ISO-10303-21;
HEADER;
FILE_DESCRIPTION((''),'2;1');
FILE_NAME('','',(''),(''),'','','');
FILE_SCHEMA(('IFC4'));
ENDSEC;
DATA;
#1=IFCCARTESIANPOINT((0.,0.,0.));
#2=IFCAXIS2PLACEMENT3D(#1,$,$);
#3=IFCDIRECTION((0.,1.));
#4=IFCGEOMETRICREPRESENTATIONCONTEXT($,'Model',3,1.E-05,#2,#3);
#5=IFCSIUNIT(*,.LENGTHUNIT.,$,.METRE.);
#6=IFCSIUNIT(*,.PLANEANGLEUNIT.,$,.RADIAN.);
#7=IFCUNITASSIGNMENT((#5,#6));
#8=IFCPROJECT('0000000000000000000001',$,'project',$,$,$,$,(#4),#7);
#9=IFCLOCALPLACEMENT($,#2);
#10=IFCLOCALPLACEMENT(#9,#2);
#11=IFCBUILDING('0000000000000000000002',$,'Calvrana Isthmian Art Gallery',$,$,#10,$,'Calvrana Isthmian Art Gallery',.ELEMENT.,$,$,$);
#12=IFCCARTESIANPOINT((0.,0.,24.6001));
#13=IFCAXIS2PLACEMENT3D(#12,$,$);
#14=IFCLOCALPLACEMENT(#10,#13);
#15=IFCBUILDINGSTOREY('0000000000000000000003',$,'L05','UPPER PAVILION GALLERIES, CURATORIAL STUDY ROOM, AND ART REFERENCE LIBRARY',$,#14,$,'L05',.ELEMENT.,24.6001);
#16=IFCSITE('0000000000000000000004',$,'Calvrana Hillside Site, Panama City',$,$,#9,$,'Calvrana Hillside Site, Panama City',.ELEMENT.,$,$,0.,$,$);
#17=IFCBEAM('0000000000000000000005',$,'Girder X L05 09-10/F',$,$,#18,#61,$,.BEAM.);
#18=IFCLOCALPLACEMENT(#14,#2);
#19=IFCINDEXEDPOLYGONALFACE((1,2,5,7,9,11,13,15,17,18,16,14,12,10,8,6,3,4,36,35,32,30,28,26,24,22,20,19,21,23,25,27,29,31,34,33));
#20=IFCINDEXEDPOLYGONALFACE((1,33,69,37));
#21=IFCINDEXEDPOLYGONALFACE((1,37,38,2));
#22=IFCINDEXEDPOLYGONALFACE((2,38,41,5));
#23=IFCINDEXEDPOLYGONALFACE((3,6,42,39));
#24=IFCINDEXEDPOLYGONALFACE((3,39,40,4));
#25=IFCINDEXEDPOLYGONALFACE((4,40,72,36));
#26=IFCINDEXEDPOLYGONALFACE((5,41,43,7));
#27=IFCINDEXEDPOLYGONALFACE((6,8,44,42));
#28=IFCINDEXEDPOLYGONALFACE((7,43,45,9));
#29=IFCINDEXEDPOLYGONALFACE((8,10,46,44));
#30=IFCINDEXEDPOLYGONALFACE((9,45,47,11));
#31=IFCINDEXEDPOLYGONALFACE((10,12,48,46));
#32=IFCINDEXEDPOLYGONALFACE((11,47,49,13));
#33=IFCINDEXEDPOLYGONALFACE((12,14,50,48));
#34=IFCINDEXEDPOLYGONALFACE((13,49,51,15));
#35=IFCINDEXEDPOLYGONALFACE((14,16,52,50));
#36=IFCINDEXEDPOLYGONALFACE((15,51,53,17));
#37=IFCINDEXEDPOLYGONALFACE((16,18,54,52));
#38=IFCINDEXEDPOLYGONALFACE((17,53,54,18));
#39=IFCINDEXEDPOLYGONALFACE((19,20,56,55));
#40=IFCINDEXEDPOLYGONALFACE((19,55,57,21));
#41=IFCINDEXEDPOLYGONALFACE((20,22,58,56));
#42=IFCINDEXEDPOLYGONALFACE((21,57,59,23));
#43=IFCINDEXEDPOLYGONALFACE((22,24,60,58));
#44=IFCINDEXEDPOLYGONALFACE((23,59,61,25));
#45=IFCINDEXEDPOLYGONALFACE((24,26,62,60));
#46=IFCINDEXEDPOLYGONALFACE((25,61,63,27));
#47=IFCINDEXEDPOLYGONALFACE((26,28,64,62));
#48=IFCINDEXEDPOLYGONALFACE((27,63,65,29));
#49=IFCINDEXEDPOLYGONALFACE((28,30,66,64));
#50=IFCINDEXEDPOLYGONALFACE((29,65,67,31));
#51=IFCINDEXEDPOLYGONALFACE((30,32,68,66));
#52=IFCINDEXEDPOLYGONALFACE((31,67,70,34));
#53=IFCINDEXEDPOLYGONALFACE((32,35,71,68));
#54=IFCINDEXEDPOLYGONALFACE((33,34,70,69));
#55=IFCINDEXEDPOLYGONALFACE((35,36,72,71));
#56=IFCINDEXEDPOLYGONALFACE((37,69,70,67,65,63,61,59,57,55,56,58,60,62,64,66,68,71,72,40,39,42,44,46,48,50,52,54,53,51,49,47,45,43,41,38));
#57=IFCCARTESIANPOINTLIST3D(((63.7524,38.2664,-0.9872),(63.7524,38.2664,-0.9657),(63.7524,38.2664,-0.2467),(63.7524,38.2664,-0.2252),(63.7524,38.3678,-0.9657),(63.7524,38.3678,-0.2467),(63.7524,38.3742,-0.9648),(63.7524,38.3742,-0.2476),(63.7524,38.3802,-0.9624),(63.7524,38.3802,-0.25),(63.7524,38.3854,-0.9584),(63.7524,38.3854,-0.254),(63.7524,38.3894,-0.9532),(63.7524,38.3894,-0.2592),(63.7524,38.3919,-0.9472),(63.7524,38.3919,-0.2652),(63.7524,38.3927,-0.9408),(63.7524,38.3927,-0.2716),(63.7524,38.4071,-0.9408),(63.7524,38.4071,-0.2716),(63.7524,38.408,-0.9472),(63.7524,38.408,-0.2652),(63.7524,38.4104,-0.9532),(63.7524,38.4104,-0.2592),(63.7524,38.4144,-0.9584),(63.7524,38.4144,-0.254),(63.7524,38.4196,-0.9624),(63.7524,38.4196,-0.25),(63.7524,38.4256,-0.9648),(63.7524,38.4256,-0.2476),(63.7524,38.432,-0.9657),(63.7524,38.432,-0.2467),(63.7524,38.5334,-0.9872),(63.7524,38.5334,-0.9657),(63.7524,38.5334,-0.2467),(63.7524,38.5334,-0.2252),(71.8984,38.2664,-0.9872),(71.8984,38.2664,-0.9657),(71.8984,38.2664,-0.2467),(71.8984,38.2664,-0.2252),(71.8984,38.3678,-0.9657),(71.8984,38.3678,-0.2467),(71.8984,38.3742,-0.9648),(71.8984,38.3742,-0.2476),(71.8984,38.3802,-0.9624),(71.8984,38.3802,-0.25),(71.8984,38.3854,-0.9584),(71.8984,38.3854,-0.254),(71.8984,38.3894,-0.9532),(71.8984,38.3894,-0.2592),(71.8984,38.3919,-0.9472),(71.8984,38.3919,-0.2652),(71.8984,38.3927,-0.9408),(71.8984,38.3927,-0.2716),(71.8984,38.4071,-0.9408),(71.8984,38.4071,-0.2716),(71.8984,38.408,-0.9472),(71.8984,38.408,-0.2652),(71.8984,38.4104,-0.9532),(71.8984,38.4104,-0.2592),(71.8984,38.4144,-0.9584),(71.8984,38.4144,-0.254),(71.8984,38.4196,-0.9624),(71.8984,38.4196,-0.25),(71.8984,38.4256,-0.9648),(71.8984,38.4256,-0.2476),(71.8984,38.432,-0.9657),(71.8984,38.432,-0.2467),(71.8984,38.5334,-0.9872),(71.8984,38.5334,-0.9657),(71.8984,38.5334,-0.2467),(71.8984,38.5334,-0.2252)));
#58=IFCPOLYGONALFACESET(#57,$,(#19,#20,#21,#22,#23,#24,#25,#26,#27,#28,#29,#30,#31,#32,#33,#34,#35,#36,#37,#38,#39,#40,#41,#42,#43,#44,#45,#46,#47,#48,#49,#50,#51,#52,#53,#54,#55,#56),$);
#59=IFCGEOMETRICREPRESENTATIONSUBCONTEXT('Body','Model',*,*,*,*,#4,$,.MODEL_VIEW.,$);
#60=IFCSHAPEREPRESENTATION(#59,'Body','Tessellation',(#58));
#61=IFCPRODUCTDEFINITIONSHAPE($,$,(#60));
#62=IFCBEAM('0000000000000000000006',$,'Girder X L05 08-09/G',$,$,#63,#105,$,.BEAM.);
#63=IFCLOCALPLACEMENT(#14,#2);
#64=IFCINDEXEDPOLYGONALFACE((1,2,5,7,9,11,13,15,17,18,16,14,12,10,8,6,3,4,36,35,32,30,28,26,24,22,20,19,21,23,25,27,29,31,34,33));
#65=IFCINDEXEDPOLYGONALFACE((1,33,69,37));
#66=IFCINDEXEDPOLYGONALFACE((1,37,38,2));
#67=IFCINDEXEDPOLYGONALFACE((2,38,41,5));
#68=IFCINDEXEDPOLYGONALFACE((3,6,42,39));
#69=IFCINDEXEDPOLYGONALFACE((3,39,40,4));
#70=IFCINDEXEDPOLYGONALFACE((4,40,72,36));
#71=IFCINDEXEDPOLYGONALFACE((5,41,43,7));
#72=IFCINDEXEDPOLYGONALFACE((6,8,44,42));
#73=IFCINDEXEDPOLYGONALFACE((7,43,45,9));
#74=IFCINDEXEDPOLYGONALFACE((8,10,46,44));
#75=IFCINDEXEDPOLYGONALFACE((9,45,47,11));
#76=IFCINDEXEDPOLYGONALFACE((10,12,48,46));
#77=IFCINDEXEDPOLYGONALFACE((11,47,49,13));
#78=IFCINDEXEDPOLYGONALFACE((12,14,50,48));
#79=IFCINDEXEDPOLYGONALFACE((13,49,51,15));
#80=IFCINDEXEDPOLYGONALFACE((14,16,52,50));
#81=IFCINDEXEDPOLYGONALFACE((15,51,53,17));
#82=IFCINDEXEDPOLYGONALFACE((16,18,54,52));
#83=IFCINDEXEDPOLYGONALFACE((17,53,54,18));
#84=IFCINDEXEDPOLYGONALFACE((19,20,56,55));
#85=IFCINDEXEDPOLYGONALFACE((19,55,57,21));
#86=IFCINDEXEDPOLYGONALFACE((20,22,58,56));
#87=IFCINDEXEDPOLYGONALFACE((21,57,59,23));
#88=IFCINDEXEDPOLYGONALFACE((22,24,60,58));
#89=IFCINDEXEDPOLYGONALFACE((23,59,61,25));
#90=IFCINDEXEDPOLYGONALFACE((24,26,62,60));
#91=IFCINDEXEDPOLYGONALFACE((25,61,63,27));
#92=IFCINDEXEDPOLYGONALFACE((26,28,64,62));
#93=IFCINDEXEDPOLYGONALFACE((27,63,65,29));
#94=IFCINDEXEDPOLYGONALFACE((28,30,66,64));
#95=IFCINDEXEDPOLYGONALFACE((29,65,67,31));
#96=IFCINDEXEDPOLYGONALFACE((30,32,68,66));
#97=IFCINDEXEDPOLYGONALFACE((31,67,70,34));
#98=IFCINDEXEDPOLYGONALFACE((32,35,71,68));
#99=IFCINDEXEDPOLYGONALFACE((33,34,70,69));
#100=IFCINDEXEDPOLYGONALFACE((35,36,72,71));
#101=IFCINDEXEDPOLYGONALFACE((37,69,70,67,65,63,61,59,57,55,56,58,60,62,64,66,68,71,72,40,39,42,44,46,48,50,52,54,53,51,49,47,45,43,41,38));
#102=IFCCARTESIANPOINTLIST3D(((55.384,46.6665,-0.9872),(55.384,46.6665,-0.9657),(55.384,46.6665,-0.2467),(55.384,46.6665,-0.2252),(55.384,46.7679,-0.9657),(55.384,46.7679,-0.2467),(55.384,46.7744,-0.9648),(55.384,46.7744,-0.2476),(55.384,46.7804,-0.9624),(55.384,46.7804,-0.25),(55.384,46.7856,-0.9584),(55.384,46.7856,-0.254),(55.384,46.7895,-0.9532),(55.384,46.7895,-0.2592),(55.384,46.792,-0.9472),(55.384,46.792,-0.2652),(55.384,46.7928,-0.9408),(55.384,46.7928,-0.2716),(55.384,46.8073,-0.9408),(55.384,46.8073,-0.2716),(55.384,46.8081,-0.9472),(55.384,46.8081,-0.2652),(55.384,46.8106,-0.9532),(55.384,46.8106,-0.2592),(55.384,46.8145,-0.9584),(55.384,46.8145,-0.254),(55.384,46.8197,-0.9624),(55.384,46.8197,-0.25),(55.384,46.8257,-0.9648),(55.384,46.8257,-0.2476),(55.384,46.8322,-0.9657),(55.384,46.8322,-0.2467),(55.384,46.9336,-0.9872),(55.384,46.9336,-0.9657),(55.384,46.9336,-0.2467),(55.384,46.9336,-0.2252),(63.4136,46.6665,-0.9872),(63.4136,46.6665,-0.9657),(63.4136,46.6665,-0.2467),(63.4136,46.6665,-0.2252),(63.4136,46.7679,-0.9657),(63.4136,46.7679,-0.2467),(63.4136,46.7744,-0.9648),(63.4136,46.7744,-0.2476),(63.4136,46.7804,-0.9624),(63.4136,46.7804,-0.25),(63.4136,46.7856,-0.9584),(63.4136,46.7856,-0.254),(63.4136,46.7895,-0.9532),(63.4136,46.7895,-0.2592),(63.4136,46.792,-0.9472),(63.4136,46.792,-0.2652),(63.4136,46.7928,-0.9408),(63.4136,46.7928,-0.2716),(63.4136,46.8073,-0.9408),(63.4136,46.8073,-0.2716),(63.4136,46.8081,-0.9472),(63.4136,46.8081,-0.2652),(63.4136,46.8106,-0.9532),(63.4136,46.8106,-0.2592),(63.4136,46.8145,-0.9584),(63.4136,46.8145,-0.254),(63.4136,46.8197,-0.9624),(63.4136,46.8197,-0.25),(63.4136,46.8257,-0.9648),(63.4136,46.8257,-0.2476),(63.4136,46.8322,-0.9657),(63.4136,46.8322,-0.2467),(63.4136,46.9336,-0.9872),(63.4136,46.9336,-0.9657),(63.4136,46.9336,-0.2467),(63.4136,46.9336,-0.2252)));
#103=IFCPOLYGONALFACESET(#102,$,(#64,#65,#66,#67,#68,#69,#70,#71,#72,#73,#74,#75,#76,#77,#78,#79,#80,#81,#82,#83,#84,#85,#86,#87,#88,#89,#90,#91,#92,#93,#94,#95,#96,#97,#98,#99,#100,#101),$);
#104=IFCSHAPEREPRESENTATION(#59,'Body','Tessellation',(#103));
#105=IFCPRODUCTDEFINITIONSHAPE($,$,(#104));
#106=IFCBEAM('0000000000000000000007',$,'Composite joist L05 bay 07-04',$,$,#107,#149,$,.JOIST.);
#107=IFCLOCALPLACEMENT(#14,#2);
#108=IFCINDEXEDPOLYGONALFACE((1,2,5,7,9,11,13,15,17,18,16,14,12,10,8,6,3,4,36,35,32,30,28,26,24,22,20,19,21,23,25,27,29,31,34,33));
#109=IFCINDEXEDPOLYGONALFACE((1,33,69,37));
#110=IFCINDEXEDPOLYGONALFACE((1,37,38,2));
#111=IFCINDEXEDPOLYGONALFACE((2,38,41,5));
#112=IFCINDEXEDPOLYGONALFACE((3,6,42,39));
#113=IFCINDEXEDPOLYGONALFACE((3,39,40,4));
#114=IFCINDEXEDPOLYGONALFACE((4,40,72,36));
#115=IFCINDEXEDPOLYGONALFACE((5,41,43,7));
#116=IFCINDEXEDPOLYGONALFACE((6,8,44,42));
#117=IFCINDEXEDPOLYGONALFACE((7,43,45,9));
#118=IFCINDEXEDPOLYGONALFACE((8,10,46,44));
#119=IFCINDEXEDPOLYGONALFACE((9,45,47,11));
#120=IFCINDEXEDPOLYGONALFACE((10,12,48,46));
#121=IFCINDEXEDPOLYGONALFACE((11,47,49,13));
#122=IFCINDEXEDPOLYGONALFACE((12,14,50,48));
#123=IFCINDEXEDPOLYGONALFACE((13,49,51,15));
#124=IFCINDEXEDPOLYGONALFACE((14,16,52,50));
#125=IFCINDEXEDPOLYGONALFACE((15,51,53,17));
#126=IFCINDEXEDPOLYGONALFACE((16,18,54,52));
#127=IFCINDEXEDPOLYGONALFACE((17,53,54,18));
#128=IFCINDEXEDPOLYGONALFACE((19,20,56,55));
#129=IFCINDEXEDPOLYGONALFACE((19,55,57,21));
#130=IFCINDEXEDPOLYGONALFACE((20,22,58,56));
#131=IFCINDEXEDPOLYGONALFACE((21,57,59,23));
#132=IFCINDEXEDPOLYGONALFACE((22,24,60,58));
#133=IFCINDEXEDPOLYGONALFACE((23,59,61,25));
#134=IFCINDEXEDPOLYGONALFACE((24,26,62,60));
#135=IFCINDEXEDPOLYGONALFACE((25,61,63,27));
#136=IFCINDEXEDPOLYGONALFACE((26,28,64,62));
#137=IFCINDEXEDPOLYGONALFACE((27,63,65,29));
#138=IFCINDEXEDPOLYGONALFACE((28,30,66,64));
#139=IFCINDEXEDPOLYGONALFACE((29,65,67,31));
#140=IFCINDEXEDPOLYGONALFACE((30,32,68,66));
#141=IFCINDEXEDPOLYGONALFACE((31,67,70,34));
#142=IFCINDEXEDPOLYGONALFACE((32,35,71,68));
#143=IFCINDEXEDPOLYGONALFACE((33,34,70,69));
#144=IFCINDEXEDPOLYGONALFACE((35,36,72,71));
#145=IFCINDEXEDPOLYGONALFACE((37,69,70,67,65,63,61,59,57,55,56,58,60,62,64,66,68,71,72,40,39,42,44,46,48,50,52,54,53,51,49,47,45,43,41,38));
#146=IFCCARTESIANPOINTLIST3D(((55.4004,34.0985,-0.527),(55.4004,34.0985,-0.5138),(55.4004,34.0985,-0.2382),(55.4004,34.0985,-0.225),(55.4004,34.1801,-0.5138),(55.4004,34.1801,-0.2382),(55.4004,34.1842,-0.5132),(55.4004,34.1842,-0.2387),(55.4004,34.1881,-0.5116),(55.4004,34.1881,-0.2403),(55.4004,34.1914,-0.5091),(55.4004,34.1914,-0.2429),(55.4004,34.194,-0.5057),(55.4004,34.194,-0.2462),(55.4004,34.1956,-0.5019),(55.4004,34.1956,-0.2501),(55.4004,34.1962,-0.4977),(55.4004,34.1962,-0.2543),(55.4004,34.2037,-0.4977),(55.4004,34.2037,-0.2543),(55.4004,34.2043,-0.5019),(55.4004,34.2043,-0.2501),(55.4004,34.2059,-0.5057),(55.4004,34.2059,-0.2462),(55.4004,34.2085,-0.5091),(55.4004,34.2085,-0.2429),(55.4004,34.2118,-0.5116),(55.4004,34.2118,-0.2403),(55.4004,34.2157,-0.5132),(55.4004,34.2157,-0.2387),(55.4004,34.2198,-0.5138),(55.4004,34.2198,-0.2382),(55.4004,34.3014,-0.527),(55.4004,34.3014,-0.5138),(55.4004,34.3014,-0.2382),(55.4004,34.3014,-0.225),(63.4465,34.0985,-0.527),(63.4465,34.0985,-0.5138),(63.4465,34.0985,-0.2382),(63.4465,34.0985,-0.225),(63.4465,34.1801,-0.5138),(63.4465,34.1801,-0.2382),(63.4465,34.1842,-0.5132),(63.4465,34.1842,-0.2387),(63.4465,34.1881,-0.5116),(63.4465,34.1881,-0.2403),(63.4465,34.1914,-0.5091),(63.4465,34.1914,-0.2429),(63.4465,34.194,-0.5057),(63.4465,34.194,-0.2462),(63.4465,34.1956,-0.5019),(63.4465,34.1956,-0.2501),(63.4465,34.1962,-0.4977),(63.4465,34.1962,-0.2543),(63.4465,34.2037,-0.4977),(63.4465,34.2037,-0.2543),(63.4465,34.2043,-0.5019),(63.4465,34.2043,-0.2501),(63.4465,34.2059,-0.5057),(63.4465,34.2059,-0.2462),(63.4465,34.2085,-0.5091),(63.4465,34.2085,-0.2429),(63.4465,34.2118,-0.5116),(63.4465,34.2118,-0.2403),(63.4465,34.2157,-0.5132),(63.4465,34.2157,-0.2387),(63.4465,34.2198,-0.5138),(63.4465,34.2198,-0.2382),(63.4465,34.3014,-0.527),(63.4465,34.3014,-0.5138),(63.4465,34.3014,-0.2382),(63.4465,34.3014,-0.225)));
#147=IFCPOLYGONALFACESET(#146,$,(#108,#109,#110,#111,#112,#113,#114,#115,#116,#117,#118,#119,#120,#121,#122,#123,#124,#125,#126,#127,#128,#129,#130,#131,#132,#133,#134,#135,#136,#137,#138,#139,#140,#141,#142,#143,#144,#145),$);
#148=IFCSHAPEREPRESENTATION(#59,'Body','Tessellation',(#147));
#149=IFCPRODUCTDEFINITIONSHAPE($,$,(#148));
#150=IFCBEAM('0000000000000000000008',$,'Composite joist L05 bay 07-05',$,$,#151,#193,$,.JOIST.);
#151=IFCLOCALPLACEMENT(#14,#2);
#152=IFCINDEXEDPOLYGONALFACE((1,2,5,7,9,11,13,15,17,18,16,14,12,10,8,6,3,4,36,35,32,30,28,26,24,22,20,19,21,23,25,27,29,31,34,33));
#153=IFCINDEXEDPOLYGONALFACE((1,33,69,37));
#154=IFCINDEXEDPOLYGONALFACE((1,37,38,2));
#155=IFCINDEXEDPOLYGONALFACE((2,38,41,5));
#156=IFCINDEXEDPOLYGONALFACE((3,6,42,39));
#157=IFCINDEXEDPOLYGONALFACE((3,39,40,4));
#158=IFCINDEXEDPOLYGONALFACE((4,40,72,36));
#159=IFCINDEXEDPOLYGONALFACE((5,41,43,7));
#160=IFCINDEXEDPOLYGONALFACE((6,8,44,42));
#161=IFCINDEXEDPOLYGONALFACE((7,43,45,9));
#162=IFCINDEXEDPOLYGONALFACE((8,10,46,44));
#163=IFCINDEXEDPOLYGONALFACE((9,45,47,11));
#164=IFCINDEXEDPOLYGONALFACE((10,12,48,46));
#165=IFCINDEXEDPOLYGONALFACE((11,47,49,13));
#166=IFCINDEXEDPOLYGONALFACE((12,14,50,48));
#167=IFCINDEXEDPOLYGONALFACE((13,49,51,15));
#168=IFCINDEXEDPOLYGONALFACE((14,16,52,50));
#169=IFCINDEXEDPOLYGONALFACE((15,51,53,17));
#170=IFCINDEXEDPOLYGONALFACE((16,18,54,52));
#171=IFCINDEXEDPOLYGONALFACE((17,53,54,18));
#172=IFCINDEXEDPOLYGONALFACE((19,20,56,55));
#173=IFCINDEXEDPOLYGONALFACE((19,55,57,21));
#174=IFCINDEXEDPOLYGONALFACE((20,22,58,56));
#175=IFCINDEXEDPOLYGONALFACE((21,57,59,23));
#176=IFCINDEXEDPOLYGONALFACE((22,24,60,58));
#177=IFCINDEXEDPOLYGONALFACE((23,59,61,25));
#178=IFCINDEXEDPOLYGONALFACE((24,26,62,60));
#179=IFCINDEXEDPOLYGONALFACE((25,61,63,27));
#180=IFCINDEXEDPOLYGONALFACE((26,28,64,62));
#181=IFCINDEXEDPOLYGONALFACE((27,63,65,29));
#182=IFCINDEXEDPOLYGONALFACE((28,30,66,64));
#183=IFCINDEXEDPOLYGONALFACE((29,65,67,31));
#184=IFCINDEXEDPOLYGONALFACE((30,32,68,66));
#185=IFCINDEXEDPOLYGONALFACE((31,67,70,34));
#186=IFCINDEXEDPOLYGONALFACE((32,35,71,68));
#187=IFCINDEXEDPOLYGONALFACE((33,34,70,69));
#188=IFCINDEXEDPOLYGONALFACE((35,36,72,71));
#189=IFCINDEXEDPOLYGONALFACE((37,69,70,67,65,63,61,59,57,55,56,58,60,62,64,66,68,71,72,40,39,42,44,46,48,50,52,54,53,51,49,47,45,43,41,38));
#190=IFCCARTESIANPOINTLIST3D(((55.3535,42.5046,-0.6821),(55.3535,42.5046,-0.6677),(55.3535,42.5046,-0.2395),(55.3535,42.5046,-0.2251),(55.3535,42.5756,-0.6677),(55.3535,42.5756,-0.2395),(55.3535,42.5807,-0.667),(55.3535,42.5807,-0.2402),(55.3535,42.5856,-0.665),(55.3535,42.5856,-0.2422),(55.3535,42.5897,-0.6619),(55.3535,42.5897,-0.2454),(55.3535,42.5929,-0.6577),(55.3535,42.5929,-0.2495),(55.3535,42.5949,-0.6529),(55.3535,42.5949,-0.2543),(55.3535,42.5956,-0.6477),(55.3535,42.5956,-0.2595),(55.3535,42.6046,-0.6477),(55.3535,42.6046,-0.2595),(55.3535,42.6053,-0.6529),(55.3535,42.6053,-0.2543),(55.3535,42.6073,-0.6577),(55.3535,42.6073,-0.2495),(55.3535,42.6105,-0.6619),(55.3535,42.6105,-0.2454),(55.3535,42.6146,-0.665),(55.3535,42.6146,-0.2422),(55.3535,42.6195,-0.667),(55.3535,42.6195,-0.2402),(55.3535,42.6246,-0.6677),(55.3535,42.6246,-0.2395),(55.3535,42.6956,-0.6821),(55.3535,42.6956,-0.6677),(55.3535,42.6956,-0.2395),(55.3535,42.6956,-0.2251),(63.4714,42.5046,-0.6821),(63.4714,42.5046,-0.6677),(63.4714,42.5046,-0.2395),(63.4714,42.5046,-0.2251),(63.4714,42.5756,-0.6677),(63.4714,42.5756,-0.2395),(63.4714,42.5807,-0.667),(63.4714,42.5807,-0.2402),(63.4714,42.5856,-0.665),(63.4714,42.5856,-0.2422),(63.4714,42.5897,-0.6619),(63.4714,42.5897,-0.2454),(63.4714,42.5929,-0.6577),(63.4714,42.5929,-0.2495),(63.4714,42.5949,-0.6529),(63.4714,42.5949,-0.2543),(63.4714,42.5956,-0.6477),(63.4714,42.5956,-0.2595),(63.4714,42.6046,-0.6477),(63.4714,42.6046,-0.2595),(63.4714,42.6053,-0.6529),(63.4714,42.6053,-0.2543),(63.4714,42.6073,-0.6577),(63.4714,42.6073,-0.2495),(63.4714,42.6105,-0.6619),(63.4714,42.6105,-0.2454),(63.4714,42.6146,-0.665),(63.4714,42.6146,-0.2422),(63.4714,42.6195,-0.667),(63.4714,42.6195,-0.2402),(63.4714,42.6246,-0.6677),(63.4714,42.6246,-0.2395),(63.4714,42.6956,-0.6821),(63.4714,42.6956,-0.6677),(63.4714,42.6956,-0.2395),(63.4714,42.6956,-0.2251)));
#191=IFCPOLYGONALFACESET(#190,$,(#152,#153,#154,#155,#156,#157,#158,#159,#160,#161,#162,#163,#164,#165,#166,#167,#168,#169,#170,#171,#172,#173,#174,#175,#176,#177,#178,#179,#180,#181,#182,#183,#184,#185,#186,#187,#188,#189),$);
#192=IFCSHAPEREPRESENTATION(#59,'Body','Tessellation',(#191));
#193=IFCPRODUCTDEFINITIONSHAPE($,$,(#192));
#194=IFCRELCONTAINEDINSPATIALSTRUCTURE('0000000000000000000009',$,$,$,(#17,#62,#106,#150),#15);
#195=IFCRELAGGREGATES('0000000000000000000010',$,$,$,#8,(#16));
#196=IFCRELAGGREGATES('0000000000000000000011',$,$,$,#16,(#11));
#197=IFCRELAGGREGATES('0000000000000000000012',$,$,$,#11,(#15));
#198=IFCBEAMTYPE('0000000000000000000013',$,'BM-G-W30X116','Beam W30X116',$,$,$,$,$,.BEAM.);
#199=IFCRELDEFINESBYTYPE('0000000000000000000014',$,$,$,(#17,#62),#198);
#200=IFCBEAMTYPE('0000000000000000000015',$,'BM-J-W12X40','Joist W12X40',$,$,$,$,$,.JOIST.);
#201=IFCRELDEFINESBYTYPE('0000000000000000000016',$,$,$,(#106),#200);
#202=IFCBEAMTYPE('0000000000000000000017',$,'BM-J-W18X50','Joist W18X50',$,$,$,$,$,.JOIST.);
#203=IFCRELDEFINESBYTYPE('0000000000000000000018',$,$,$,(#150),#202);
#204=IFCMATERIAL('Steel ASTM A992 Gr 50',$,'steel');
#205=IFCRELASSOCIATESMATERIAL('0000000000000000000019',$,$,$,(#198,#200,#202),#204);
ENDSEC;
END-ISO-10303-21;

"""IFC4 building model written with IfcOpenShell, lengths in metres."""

from ifc_helpers import new_model, si_unit, direction, frame, origin, origin_2d, place, context, subcontext, project, spatial, i_section, extrude, material, material_profile, profile_set, type_object, element, save


model = new_model("IFC4")

# Units and contexts
model_context = context("Model", 3, precision=1e-05, world=origin(), true_north=direction((0.0, 1.0)))
body_context = subcontext(model_context, "Body", "Model", "MODEL_VIEW")
ifc_project = project(units=[si_unit("LENGTHUNIT", "METRE"), si_unit("PLANEANGLEUNIT", "RADIAN")], contexts=[model_context])

# Site, building, storey
site_placement = place(None, origin())
site = spatial("IfcSite", under=ifc_project, at=site_placement, Name="Calvrana Hillside Site, Panama City", LongName="Calvrana Hillside Site, Panama City", CompositionType="ELEMENT", RefElevation=0.0)
building_placement = place(site_placement, origin())
building = spatial("IfcBuilding", under=site, at=building_placement, Name="Calvrana Isthmian Art Gallery", LongName="Calvrana Isthmian Art Gallery", CompositionType="ELEMENT")
storey_placement = place(building_placement, frame((0.0, 0.0, 24.6001)))
storey = spatial("IfcBuildingStorey", under=building, at=storey_placement, Name="L05", Description="UPPER PAVILION GALLERIES, CURATORIAL STUDY ROOM, AND ART REFERENCE LIBRARY", LongName="L05", CompositionType="ELEMENT", Elevation=24.6001)

# Beams
ifc_material_1 = material(Name="Steel ASTM A992 Gr 50", Category="steel")
ifc_material_profile_1 = material_profile(ifc_material_1, i_section(OverallWidth=0.2671, OverallDepth=0.762, WebThickness=0.0144, FlangeThickness=0.0215, FilletRadius=0.0249, at=origin_2d()), Name="W30X116")
ifc_profile_set_1 = profile_set([ifc_material_profile_1], Name="Steel ASTM A992 Gr 50")
beam_type_1 = type_object("IfcBeamType", Name="BM-G-W30X116", Description="Beam W30X116", PredefinedType="BEAM", material=ifc_profile_set_1)
beam_1_placement = place(storey_placement, frame((63.7524, 38.3999, -0.6062), z_axis=(1.0, 0.0, 0.0), x_axis=(0.0, 1.0, 0.0)))
element("IfcBeam", 1, at=beam_1_placement, inside=storey, type_object=beam_type_1, Name="Girder X L05 09-10/F", PredefinedType="BEAM", context=body_context, shape_type="SweptSolid", body=[
    extrude(i_section(OverallWidth=0.2671, OverallDepth=0.762, WebThickness=0.0144, FlangeThickness=0.0215, FilletRadius=0.0249, at=origin_2d()), origin(), (0.0, 0.0, 1.0), 8.146),
])
beam_2_placement = place(storey_placement, frame((55.384, 46.8, -0.6062), z_axis=(1.0, 0.0, 0.0), x_axis=(0.0, 1.0, 0.0)))
element("IfcBeam", 2, at=beam_2_placement, inside=storey, type_object=beam_type_1, Name="Girder X L05 08-09/G", PredefinedType="BEAM", context=body_context, shape_type="SweptSolid", body=[
    extrude(i_section(OverallWidth=0.2671, OverallDepth=0.762, WebThickness=0.0144, FlangeThickness=0.0215, FilletRadius=0.0249, at=origin_2d()), origin(), (0.0, 0.0, 1.0), 8.0295),
])
ifc_material_profile_2 = material_profile(ifc_material_1, i_section(OverallWidth=0.2029, OverallDepth=0.302, WebThickness=0.0076, FlangeThickness=0.0132, FilletRadius=0.0161, at=origin_2d()), Name="W12X40")
ifc_profile_set_2 = profile_set([ifc_material_profile_2], Name="Steel ASTM A992 Gr 50")
beam_type_2 = type_object("IfcBeamType", Name="BM-J-W12X40", Description="Joist W12X40", PredefinedType="JOIST", material=ifc_profile_set_2)
beam_3_placement = place(storey_placement, frame((55.4004, 34.2, -0.376), z_axis=(1.0, 0.0, 0.0), x_axis=(0.0, 1.0, 0.0)))
element("IfcBeam", 3, at=beam_3_placement, inside=storey, type_object=beam_type_2, Name="Composite joist L05 bay 07-04", PredefinedType="JOIST", context=body_context, shape_type="SweptSolid", body=[
    extrude(i_section(OverallWidth=0.2029, OverallDepth=0.302, WebThickness=0.0076, FlangeThickness=0.0132, FilletRadius=0.0161, at=origin_2d()), origin(), (0.0, 0.0, 1.0), 8.0461),
])
ifc_material_profile_3 = material_profile(ifc_material_1, i_section(OverallWidth=0.1909, OverallDepth=0.457, WebThickness=0.009, FlangeThickness=0.0144, FilletRadius=0.02, at=origin_2d()), Name="W18X50")
ifc_profile_set_3 = profile_set([ifc_material_profile_3], Name="Steel ASTM A992 Gr 50")
beam_type_3 = type_object("IfcBeamType", Name="BM-J-W18X50", Description="Joist W18X50", PredefinedType="JOIST", material=ifc_profile_set_3)
beam_4_placement = place(storey_placement, frame((55.3535, 42.6001, -0.4536), z_axis=(1.0, 0.0, 0.0), x_axis=(0.0, 1.0, 0.0)))
element("IfcBeam", 4, at=beam_4_placement, inside=storey, type_object=beam_type_3, Name="Composite joist L05 bay 07-05", PredefinedType="JOIST", context=body_context, shape_type="SweptSolid", body=[
    extrude(i_section(OverallWidth=0.1909, OverallDepth=0.457, WebThickness=0.009, FlangeThickness=0.0144, FilletRadius=0.02, at=origin_2d()), origin(), (0.0, 0.0, 1.0), 8.1179),
])

save(model, "model.ifc")
